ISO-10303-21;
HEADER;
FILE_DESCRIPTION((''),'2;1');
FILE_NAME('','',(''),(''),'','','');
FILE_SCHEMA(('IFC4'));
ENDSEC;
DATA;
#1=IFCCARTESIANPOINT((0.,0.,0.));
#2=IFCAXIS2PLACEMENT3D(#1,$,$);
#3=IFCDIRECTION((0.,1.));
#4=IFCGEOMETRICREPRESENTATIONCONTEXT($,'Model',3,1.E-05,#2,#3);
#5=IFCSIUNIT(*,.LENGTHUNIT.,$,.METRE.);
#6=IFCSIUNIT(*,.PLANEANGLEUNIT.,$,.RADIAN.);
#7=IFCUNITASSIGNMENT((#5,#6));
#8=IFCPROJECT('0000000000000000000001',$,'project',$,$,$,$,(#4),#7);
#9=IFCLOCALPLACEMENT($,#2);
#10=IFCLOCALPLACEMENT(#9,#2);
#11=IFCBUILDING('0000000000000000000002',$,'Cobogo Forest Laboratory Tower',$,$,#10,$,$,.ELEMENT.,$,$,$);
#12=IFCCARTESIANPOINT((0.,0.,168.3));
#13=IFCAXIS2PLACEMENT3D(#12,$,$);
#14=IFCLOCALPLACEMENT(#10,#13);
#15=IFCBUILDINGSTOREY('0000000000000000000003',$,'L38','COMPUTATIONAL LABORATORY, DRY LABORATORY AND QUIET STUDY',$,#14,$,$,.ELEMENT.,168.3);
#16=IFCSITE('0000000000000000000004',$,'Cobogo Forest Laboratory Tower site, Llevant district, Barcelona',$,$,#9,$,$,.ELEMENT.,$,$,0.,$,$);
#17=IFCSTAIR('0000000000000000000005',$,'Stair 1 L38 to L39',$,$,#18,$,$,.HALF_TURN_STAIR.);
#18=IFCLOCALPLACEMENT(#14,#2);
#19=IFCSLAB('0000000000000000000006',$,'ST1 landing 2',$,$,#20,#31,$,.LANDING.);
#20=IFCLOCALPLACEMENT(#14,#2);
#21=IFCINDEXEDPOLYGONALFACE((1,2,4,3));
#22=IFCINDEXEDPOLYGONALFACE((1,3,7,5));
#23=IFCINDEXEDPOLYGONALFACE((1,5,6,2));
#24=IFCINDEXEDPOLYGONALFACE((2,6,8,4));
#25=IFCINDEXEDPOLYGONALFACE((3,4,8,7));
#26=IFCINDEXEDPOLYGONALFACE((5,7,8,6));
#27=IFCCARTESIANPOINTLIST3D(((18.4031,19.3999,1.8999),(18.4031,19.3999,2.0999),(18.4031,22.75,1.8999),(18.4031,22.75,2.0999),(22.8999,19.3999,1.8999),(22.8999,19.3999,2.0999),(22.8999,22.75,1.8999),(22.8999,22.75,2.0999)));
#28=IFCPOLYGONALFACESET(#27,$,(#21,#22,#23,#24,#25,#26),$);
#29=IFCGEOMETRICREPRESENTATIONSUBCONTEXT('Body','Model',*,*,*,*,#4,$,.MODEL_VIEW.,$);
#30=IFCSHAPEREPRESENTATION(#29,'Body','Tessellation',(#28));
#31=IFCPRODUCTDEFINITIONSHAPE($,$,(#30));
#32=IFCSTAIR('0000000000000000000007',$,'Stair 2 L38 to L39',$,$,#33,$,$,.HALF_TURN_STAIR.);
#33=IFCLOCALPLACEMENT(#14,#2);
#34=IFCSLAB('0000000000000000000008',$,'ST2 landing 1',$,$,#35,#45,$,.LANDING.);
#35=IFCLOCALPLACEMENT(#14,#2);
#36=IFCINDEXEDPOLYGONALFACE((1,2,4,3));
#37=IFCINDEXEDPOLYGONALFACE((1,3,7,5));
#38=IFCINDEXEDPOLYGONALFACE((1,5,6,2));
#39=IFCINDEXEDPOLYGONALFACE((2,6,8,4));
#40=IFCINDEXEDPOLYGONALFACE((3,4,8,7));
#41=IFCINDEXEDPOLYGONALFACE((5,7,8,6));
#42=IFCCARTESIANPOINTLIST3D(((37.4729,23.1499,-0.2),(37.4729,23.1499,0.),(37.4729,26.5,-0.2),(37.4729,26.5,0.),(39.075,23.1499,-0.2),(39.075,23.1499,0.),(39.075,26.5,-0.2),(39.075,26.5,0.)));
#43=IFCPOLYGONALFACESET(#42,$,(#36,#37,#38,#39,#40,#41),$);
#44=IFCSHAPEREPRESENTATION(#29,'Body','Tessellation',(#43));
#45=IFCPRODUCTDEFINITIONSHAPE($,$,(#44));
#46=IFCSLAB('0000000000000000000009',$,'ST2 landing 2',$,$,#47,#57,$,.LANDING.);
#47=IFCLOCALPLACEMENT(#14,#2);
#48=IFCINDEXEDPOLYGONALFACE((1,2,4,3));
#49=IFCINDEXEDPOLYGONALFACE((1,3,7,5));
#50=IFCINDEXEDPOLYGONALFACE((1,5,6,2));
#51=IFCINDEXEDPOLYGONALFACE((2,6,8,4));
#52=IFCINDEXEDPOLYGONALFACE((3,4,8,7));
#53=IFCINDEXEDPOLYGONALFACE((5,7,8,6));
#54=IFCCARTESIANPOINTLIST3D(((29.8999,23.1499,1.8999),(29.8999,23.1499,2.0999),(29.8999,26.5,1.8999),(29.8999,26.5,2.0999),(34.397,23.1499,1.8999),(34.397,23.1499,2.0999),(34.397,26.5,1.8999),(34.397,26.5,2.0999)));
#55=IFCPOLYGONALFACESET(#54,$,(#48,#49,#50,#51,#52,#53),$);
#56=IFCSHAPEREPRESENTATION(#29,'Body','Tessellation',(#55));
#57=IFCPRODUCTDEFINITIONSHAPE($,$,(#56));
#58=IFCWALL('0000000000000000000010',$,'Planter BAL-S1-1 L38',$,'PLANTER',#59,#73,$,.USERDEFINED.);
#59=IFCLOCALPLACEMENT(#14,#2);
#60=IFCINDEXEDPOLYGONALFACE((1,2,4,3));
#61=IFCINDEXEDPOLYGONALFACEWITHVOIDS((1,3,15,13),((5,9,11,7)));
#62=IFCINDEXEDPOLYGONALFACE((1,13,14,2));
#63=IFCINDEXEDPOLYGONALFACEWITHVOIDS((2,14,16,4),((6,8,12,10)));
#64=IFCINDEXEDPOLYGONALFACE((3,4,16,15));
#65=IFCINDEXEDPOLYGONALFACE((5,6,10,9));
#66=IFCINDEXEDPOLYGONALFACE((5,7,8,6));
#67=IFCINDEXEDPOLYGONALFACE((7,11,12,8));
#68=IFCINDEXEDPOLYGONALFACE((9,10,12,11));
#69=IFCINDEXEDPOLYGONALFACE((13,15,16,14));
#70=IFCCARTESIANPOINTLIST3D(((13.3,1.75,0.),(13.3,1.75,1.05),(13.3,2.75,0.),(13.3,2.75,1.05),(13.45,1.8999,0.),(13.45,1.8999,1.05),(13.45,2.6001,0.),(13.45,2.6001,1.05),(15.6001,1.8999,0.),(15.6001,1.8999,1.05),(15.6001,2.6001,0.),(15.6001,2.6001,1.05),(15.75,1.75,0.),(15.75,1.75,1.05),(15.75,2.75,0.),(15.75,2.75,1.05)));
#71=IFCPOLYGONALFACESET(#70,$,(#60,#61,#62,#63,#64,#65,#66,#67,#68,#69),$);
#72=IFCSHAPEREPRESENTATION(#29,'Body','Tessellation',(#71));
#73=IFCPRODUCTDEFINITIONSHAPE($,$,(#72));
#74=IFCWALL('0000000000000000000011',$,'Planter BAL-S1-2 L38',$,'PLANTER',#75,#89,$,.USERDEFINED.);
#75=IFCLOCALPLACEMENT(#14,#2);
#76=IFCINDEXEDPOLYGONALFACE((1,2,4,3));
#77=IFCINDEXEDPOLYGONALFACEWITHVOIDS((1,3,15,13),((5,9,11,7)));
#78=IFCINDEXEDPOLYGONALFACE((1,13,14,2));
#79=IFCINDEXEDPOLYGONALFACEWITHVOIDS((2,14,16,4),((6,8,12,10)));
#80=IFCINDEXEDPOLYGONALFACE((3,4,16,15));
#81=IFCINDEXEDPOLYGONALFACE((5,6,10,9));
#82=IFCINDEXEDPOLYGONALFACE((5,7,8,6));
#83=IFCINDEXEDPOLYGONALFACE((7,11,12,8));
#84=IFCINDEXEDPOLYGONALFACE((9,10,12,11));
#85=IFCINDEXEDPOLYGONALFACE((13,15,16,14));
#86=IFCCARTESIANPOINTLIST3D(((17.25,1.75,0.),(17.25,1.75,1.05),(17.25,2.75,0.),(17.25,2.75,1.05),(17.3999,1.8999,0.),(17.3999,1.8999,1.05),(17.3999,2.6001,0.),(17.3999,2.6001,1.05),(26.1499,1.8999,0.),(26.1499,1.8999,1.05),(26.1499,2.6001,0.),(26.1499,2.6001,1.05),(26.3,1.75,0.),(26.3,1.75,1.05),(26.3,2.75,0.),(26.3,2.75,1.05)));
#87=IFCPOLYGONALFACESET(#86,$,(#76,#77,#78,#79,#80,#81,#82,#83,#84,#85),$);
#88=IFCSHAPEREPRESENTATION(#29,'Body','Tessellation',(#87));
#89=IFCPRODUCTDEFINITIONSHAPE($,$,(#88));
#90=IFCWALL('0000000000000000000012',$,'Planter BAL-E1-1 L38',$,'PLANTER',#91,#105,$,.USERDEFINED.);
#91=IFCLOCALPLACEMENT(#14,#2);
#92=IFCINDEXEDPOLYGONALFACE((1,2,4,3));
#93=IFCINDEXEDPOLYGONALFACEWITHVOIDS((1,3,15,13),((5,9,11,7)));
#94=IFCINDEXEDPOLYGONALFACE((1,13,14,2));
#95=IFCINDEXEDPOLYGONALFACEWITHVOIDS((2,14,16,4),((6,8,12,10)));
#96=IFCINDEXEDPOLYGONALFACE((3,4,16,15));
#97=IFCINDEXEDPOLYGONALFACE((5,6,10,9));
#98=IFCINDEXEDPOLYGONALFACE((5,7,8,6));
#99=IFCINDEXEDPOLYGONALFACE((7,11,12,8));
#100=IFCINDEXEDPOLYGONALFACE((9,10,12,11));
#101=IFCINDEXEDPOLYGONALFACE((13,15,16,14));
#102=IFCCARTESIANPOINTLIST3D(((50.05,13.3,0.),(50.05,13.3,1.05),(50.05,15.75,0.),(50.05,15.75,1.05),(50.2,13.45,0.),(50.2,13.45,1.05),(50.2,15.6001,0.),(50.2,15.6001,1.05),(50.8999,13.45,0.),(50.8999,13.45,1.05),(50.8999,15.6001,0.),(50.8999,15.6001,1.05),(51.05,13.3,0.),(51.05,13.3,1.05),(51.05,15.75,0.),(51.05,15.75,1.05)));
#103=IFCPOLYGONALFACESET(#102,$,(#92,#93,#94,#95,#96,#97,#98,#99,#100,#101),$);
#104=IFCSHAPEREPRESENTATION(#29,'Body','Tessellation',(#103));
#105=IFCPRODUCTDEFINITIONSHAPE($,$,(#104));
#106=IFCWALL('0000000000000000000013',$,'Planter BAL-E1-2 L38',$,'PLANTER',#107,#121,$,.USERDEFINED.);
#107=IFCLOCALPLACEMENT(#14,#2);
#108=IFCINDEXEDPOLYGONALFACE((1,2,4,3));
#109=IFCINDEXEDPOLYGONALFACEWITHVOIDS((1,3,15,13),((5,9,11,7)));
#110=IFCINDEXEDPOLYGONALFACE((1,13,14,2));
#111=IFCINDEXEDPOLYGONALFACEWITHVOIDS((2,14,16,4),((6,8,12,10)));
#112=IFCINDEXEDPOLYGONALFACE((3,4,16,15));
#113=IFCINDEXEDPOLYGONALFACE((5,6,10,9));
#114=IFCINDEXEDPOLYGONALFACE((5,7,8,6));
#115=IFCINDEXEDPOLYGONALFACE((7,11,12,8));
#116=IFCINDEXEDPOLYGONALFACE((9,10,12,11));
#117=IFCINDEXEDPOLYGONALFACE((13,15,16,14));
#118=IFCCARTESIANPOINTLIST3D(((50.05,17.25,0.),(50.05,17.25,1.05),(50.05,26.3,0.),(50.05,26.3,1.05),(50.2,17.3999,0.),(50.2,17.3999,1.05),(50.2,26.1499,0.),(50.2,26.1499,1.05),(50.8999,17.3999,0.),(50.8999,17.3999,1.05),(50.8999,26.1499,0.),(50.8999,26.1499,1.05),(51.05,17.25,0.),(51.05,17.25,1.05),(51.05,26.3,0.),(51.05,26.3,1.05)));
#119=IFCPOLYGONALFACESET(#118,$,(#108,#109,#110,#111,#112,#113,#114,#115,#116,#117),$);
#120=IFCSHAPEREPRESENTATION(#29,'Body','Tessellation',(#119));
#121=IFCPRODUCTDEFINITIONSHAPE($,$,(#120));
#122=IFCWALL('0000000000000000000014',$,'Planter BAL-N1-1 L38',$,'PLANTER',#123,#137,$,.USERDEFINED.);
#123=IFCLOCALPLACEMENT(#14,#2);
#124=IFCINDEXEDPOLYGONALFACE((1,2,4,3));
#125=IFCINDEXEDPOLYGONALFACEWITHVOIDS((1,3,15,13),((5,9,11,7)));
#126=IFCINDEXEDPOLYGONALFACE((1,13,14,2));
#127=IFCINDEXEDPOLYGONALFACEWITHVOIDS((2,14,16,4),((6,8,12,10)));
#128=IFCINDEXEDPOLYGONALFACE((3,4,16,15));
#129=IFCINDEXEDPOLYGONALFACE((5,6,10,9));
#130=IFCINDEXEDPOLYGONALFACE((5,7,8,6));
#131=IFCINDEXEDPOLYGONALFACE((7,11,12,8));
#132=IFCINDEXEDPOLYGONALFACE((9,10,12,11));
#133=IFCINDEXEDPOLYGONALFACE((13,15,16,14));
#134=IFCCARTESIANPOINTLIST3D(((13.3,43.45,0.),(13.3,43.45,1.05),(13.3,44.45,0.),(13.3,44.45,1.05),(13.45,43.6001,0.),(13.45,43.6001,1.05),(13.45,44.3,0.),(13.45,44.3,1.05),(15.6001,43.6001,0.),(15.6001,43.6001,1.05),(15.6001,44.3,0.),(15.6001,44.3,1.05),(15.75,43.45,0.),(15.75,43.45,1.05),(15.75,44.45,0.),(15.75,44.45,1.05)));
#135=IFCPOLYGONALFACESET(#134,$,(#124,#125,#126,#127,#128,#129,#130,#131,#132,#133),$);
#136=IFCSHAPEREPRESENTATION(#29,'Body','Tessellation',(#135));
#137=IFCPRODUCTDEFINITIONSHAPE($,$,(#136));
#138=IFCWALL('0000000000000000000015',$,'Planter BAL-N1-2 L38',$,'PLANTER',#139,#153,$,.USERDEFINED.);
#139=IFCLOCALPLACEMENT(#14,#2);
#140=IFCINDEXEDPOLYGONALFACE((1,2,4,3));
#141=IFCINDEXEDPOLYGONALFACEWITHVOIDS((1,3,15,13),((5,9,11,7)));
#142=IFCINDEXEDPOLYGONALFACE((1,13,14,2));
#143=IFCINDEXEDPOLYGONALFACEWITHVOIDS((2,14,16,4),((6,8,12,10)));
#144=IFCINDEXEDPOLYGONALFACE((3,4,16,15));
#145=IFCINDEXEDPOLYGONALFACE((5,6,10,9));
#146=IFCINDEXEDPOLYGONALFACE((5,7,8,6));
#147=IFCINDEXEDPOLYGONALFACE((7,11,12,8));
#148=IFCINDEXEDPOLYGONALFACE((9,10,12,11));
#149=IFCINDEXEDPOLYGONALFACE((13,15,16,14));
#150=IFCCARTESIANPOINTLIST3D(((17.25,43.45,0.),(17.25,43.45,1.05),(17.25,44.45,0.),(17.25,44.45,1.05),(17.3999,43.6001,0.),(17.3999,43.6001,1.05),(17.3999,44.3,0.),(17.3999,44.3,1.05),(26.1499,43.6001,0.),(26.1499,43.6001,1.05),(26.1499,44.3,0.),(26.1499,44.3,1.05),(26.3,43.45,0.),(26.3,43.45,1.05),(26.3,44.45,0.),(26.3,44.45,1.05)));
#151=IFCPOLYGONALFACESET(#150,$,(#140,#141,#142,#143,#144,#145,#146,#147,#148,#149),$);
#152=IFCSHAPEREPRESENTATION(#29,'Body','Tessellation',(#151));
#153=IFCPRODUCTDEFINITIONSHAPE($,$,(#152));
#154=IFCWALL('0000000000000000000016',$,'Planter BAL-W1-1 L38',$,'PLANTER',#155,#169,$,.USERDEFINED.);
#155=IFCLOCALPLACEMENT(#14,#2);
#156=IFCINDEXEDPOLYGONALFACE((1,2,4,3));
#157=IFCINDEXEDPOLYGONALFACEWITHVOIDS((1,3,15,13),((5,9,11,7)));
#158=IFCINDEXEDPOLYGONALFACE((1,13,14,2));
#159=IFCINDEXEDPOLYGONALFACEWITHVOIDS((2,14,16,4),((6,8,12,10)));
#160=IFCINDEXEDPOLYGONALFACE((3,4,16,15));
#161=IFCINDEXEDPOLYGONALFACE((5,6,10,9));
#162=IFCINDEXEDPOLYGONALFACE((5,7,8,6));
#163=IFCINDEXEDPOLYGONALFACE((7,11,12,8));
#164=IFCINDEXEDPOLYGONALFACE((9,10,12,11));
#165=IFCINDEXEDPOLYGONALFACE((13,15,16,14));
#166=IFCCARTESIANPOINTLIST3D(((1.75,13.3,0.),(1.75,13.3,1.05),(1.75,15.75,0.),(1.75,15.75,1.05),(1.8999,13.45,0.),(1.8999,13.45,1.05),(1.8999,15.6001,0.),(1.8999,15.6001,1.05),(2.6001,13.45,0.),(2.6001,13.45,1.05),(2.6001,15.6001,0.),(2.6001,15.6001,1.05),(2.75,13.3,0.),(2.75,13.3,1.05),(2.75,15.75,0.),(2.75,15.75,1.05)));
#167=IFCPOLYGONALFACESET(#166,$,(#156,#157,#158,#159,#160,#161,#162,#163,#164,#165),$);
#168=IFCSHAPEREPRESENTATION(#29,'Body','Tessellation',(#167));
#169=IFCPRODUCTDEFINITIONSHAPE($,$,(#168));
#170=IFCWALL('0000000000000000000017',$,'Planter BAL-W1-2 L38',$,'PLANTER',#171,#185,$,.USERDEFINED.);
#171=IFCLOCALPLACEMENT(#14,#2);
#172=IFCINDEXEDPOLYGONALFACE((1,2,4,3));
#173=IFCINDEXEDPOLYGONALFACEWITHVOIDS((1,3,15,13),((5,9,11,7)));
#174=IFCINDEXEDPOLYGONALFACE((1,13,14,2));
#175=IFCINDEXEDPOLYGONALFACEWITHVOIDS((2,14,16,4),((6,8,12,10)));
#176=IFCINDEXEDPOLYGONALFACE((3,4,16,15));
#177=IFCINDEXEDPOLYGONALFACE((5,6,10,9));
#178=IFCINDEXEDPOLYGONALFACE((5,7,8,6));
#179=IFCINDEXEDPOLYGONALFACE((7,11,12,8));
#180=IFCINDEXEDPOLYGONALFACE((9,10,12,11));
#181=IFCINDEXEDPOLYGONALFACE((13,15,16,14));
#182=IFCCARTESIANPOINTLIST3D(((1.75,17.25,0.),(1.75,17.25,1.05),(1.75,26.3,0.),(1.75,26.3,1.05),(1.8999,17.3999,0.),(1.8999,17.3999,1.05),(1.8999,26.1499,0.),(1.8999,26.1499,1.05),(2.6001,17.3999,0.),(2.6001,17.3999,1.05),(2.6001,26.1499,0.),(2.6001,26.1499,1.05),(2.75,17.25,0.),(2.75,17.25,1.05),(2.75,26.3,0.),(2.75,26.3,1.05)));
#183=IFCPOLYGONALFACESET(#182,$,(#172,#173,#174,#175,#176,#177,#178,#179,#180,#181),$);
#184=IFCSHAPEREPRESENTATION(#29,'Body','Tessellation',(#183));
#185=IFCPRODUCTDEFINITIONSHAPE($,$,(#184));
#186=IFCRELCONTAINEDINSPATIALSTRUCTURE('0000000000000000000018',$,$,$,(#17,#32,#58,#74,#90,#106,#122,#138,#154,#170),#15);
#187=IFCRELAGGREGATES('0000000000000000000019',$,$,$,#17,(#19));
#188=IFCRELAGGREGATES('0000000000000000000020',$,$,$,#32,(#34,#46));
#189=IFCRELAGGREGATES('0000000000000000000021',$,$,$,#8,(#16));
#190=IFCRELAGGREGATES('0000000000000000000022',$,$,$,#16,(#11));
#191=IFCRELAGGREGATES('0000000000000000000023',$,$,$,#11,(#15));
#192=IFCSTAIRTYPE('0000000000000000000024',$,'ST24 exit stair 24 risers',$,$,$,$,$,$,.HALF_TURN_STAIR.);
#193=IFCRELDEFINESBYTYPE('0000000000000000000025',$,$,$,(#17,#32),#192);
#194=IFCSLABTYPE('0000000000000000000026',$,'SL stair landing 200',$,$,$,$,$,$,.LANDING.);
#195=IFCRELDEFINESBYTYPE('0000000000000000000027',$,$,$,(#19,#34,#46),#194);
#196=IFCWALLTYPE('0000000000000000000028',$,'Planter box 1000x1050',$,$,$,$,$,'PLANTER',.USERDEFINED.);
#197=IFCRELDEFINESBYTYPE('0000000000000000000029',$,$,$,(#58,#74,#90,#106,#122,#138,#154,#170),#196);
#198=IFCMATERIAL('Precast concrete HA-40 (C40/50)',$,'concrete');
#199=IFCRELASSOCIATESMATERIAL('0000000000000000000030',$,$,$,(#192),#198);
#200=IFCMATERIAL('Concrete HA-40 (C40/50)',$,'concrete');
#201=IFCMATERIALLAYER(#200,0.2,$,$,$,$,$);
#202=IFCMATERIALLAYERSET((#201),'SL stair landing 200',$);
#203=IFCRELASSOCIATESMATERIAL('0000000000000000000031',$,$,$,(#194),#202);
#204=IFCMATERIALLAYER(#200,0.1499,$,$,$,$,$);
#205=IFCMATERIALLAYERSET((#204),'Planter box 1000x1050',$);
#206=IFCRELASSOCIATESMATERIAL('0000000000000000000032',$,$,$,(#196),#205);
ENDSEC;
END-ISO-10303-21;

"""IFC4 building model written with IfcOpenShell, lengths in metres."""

from ifc_helpers import new_model, si_unit, direction, frame, origin, place, context, subcontext, project, spatial, polyline, outline, extrude, material, layer, layer_set, type_object, element, aggregate, save


model = new_model("IFC4")

# Units and contexts
model_context = context("Model", 3, precision=1e-05, world=origin(), true_north=direction((0.0, 1.0)))
body_context = subcontext(model_context, "Body", "Model", "MODEL_VIEW")
ifc_project = project(units=[si_unit("LENGTHUNIT", "METRE"), si_unit("PLANEANGLEUNIT", "RADIAN")], contexts=[model_context])

# Site, building, storey
site_placement = place(None, origin())
site = spatial("IfcSite", under=ifc_project, at=site_placement, Name="Cobogo Forest Laboratory Tower site, Llevant district, Barcelona", CompositionType="ELEMENT", RefElevation=0.0)
building_placement = place(site_placement, origin())
building = spatial("IfcBuilding", under=site, at=building_placement, Name="Cobogo Forest Laboratory Tower", CompositionType="ELEMENT")
storey_placement = place(building_placement, frame((0.0, 0.0, 168.3)))
storey = spatial("IfcBuildingStorey", under=building, at=storey_placement, Name="L38", Description="COMPUTATIONAL LABORATORY, DRY LABORATORY AND QUIET STUDY", CompositionType="ELEMENT", Elevation=168.3)

# Shared definitions
ifc_material_1 = material(Name="Concrete HA-40 (C40/50)", Category="concrete")

# Stairs, slabs
ifc_material_2 = material(Name="Precast concrete HA-40 (C40/50)", Category="concrete")
stair_type = type_object("IfcStairType", Name="ST24 exit stair 24 risers", PredefinedType="HALF_TURN_STAIR", material=ifc_material_2)
stair_1_placement = place(storey_placement, origin())
stair_1 = element("IfcStair", 1, at=stair_1_placement, inside=storey, type_object=stair_type, Name="Stair 1 L38 to L39", PredefinedType="HALF_TURN_STAIR")
ifc_layer_1 = layer(ifc_material_1, 0.2)
ifc_layer_set_1 = layer_set([ifc_layer_1], Name="SL stair landing 200")
slab_type_1 = type_object("IfcSlabType", Name="SL stair landing 200", PredefinedType="LANDING", material=ifc_layer_set_1)
slab_1_placement = place(storey_placement, frame((0.0, 0.0, 1.8999)))
slab_1 = element("IfcSlab", 2, at=slab_1_placement, type_object=slab_type_1, Name="ST1 landing 2", PredefinedType="LANDING", context=body_context, shape_type="SweptSolid", body=[
    extrude(outline(polyline([(18.4031, 19.3999), (22.8999, 19.3999), (22.8999, 22.75), (18.4031, 22.75), (18.4031, 19.3999)])), origin(), (0.0, 0.0, 1.0), 0.2),
])
aggregate(stair_1, [slab_1])
stair_2_placement = place(storey_placement, origin())
stair_2 = element("IfcStair", 3, at=stair_2_placement, inside=storey, type_object=stair_type, Name="Stair 2 L38 to L39", PredefinedType="HALF_TURN_STAIR")
slab_2_placement = place(storey_placement, frame((0.0, 0.0, -0.2)))
slab_2 = element("IfcSlab", 4, at=slab_2_placement, type_object=slab_type_1, Name="ST2 landing 1", PredefinedType="LANDING", context=body_context, shape_type="SweptSolid", body=[
    extrude(outline(polyline([(37.4729, 23.1499), (39.075, 23.1499), (39.075, 26.5), (37.4729, 26.5), (37.4729, 23.1499)])), origin(), (0.0, 0.0, 1.0), 0.2),
])
slab_3_placement = place(storey_placement, frame((0.0, 0.0, 1.8999)))
slab_3 = element("IfcSlab", 5, at=slab_3_placement, type_object=slab_type_1, Name="ST2 landing 2", PredefinedType="LANDING", context=body_context, shape_type="SweptSolid", body=[
    extrude(outline(polyline([(29.8999, 23.1499), (34.397, 23.1499), (34.397, 26.5), (29.8999, 26.5), (29.8999, 23.1499)])), origin(), (0.0, 0.0, 1.0), 0.2),
])
aggregate(stair_2, [slab_2, slab_3])

# Walls
ifc_layer_2 = layer(ifc_material_1, 0.1499)
ifc_layer_set_2 = layer_set([ifc_layer_2], Name="Planter box 1000x1050")
wall_type = type_object("IfcWallType", Name="Planter box 1000x1050", ElementType="PLANTER", PredefinedType="USERDEFINED", material=ifc_layer_set_2)
wall_1_placement = place(storey_placement, origin())
element("IfcWall", 6, at=wall_1_placement, inside=storey, type_object=wall_type, Name="Planter BAL-S1-1 L38", ObjectType="PLANTER", PredefinedType="USERDEFINED", context=body_context, shape_type="SweptSolid", body=[
    extrude(outline(polyline([(13.3, 1.75), (15.75, 1.75), (15.75, 2.75), (13.3, 2.75), (13.3, 1.75)]), holes=[polyline([(13.45, 1.8999), (15.6001, 1.8999), (15.6001, 2.6001), (13.45, 2.6001), (13.45, 1.8999)])]), origin(), (0.0, 0.0, 1.0), 1.05),
])
wall_2_placement = place(storey_placement, origin())
element("IfcWall", 7, at=wall_2_placement, inside=storey, type_object=wall_type, Name="Planter BAL-S1-2 L38", ObjectType="PLANTER", PredefinedType="USERDEFINED", context=body_context, shape_type="SweptSolid", body=[
    extrude(outline(polyline([(17.25, 1.75), (26.3, 1.75), (26.3, 2.75), (17.25, 2.75), (17.25, 1.75)]), holes=[polyline([(17.3999, 1.8999), (26.1499, 1.8999), (26.1499, 2.6001), (17.3999, 2.6001), (17.3999, 1.8999)])]), origin(), (0.0, 0.0, 1.0), 1.05),
])
wall_3_placement = place(storey_placement, origin())
element("IfcWall", 8, at=wall_3_placement, inside=storey, type_object=wall_type, Name="Planter BAL-E1-1 L38", ObjectType="PLANTER", PredefinedType="USERDEFINED", context=body_context, shape_type="SweptSolid", body=[
    extrude(outline(polyline([(50.05, 13.3), (51.05, 13.3), (51.05, 15.75), (50.05, 15.75), (50.05, 13.3)]), holes=[polyline([(50.2, 13.45), (50.8999, 13.45), (50.8999, 15.6001), (50.2, 15.6001), (50.2, 13.45)])]), origin(), (0.0, 0.0, 1.0), 1.05),
])
wall_4_placement = place(storey_placement, origin())
element("IfcWall", 9, at=wall_4_placement, inside=storey, type_object=wall_type, Name="Planter BAL-E1-2 L38", ObjectType="PLANTER", PredefinedType="USERDEFINED", context=body_context, shape_type="SweptSolid", body=[
    extrude(outline(polyline([(50.05, 17.25), (51.05, 17.25), (51.05, 26.3), (50.05, 26.3), (50.05, 17.25)]), holes=[polyline([(50.2, 17.3999), (50.8999, 17.3999), (50.8999, 26.1499), (50.2, 26.1499), (50.2, 17.3999)])]), origin(), (0.0, 0.0, 1.0), 1.05),
])
wall_5_placement = place(storey_placement, origin())
element("IfcWall", 10, at=wall_5_placement, inside=storey, type_object=wall_type, Name="Planter BAL-N1-1 L38", ObjectType="PLANTER", PredefinedType="USERDEFINED", context=body_context, shape_type="SweptSolid", body=[
    extrude(outline(polyline([(13.3, 43.45), (15.75, 43.45), (15.75, 44.45), (13.3, 44.45), (13.3, 43.45)]), holes=[polyline([(13.45, 43.6001), (15.6001, 43.6001), (15.6001, 44.3), (13.45, 44.3), (13.45, 43.6001)])]), origin(), (0.0, 0.0, 1.0), 1.05),
])
wall_6_placement = place(storey_placement, origin())
element("IfcWall", 11, at=wall_6_placement, inside=storey, type_object=wall_type, Name="Planter BAL-N1-2 L38", ObjectType="PLANTER", PredefinedType="USERDEFINED", context=body_context, shape_type="SweptSolid", body=[
    extrude(outline(polyline([(17.25, 43.45), (26.3, 43.45), (26.3, 44.45), (17.25, 44.45), (17.25, 43.45)]), holes=[polyline([(17.3999, 43.6001), (26.1499, 43.6001), (26.1499, 44.3), (17.3999, 44.3), (17.3999, 43.6001)])]), origin(), (0.0, 0.0, 1.0), 1.05),
])
wall_7_placement = place(storey_placement, origin())
element("IfcWall", 12, at=wall_7_placement, inside=storey, type_object=wall_type, Name="Planter BAL-W1-1 L38", ObjectType="PLANTER", PredefinedType="USERDEFINED", context=body_context, shape_type="SweptSolid", body=[
    extrude(outline(polyline([(1.75, 13.3), (2.75, 13.3), (2.75, 15.75), (1.75, 15.75), (1.75, 13.3)]), holes=[polyline([(1.8999, 13.45), (2.6001, 13.45), (2.6001, 15.6001), (1.8999, 15.6001), (1.8999, 13.45)])]), origin(), (0.0, 0.0, 1.0), 1.05),
])
wall_8_placement = place(storey_placement, origin())
element("IfcWall", 13, at=wall_8_placement, inside=storey, type_object=wall_type, Name="Planter BAL-W1-2 L38", ObjectType="PLANTER", PredefinedType="USERDEFINED", context=body_context, shape_type="SweptSolid", body=[
    extrude(outline(polyline([(1.75, 17.25), (2.75, 17.25), (2.75, 26.3), (1.75, 26.3), (1.75, 17.25)]), holes=[polyline([(1.8999, 17.3999), (2.6001, 17.3999), (2.6001, 26.1499), (1.8999, 26.1499), (1.8999, 17.3999)])]), origin(), (0.0, 0.0, 1.0), 1.05),
])

save(model, "model.ifc")
